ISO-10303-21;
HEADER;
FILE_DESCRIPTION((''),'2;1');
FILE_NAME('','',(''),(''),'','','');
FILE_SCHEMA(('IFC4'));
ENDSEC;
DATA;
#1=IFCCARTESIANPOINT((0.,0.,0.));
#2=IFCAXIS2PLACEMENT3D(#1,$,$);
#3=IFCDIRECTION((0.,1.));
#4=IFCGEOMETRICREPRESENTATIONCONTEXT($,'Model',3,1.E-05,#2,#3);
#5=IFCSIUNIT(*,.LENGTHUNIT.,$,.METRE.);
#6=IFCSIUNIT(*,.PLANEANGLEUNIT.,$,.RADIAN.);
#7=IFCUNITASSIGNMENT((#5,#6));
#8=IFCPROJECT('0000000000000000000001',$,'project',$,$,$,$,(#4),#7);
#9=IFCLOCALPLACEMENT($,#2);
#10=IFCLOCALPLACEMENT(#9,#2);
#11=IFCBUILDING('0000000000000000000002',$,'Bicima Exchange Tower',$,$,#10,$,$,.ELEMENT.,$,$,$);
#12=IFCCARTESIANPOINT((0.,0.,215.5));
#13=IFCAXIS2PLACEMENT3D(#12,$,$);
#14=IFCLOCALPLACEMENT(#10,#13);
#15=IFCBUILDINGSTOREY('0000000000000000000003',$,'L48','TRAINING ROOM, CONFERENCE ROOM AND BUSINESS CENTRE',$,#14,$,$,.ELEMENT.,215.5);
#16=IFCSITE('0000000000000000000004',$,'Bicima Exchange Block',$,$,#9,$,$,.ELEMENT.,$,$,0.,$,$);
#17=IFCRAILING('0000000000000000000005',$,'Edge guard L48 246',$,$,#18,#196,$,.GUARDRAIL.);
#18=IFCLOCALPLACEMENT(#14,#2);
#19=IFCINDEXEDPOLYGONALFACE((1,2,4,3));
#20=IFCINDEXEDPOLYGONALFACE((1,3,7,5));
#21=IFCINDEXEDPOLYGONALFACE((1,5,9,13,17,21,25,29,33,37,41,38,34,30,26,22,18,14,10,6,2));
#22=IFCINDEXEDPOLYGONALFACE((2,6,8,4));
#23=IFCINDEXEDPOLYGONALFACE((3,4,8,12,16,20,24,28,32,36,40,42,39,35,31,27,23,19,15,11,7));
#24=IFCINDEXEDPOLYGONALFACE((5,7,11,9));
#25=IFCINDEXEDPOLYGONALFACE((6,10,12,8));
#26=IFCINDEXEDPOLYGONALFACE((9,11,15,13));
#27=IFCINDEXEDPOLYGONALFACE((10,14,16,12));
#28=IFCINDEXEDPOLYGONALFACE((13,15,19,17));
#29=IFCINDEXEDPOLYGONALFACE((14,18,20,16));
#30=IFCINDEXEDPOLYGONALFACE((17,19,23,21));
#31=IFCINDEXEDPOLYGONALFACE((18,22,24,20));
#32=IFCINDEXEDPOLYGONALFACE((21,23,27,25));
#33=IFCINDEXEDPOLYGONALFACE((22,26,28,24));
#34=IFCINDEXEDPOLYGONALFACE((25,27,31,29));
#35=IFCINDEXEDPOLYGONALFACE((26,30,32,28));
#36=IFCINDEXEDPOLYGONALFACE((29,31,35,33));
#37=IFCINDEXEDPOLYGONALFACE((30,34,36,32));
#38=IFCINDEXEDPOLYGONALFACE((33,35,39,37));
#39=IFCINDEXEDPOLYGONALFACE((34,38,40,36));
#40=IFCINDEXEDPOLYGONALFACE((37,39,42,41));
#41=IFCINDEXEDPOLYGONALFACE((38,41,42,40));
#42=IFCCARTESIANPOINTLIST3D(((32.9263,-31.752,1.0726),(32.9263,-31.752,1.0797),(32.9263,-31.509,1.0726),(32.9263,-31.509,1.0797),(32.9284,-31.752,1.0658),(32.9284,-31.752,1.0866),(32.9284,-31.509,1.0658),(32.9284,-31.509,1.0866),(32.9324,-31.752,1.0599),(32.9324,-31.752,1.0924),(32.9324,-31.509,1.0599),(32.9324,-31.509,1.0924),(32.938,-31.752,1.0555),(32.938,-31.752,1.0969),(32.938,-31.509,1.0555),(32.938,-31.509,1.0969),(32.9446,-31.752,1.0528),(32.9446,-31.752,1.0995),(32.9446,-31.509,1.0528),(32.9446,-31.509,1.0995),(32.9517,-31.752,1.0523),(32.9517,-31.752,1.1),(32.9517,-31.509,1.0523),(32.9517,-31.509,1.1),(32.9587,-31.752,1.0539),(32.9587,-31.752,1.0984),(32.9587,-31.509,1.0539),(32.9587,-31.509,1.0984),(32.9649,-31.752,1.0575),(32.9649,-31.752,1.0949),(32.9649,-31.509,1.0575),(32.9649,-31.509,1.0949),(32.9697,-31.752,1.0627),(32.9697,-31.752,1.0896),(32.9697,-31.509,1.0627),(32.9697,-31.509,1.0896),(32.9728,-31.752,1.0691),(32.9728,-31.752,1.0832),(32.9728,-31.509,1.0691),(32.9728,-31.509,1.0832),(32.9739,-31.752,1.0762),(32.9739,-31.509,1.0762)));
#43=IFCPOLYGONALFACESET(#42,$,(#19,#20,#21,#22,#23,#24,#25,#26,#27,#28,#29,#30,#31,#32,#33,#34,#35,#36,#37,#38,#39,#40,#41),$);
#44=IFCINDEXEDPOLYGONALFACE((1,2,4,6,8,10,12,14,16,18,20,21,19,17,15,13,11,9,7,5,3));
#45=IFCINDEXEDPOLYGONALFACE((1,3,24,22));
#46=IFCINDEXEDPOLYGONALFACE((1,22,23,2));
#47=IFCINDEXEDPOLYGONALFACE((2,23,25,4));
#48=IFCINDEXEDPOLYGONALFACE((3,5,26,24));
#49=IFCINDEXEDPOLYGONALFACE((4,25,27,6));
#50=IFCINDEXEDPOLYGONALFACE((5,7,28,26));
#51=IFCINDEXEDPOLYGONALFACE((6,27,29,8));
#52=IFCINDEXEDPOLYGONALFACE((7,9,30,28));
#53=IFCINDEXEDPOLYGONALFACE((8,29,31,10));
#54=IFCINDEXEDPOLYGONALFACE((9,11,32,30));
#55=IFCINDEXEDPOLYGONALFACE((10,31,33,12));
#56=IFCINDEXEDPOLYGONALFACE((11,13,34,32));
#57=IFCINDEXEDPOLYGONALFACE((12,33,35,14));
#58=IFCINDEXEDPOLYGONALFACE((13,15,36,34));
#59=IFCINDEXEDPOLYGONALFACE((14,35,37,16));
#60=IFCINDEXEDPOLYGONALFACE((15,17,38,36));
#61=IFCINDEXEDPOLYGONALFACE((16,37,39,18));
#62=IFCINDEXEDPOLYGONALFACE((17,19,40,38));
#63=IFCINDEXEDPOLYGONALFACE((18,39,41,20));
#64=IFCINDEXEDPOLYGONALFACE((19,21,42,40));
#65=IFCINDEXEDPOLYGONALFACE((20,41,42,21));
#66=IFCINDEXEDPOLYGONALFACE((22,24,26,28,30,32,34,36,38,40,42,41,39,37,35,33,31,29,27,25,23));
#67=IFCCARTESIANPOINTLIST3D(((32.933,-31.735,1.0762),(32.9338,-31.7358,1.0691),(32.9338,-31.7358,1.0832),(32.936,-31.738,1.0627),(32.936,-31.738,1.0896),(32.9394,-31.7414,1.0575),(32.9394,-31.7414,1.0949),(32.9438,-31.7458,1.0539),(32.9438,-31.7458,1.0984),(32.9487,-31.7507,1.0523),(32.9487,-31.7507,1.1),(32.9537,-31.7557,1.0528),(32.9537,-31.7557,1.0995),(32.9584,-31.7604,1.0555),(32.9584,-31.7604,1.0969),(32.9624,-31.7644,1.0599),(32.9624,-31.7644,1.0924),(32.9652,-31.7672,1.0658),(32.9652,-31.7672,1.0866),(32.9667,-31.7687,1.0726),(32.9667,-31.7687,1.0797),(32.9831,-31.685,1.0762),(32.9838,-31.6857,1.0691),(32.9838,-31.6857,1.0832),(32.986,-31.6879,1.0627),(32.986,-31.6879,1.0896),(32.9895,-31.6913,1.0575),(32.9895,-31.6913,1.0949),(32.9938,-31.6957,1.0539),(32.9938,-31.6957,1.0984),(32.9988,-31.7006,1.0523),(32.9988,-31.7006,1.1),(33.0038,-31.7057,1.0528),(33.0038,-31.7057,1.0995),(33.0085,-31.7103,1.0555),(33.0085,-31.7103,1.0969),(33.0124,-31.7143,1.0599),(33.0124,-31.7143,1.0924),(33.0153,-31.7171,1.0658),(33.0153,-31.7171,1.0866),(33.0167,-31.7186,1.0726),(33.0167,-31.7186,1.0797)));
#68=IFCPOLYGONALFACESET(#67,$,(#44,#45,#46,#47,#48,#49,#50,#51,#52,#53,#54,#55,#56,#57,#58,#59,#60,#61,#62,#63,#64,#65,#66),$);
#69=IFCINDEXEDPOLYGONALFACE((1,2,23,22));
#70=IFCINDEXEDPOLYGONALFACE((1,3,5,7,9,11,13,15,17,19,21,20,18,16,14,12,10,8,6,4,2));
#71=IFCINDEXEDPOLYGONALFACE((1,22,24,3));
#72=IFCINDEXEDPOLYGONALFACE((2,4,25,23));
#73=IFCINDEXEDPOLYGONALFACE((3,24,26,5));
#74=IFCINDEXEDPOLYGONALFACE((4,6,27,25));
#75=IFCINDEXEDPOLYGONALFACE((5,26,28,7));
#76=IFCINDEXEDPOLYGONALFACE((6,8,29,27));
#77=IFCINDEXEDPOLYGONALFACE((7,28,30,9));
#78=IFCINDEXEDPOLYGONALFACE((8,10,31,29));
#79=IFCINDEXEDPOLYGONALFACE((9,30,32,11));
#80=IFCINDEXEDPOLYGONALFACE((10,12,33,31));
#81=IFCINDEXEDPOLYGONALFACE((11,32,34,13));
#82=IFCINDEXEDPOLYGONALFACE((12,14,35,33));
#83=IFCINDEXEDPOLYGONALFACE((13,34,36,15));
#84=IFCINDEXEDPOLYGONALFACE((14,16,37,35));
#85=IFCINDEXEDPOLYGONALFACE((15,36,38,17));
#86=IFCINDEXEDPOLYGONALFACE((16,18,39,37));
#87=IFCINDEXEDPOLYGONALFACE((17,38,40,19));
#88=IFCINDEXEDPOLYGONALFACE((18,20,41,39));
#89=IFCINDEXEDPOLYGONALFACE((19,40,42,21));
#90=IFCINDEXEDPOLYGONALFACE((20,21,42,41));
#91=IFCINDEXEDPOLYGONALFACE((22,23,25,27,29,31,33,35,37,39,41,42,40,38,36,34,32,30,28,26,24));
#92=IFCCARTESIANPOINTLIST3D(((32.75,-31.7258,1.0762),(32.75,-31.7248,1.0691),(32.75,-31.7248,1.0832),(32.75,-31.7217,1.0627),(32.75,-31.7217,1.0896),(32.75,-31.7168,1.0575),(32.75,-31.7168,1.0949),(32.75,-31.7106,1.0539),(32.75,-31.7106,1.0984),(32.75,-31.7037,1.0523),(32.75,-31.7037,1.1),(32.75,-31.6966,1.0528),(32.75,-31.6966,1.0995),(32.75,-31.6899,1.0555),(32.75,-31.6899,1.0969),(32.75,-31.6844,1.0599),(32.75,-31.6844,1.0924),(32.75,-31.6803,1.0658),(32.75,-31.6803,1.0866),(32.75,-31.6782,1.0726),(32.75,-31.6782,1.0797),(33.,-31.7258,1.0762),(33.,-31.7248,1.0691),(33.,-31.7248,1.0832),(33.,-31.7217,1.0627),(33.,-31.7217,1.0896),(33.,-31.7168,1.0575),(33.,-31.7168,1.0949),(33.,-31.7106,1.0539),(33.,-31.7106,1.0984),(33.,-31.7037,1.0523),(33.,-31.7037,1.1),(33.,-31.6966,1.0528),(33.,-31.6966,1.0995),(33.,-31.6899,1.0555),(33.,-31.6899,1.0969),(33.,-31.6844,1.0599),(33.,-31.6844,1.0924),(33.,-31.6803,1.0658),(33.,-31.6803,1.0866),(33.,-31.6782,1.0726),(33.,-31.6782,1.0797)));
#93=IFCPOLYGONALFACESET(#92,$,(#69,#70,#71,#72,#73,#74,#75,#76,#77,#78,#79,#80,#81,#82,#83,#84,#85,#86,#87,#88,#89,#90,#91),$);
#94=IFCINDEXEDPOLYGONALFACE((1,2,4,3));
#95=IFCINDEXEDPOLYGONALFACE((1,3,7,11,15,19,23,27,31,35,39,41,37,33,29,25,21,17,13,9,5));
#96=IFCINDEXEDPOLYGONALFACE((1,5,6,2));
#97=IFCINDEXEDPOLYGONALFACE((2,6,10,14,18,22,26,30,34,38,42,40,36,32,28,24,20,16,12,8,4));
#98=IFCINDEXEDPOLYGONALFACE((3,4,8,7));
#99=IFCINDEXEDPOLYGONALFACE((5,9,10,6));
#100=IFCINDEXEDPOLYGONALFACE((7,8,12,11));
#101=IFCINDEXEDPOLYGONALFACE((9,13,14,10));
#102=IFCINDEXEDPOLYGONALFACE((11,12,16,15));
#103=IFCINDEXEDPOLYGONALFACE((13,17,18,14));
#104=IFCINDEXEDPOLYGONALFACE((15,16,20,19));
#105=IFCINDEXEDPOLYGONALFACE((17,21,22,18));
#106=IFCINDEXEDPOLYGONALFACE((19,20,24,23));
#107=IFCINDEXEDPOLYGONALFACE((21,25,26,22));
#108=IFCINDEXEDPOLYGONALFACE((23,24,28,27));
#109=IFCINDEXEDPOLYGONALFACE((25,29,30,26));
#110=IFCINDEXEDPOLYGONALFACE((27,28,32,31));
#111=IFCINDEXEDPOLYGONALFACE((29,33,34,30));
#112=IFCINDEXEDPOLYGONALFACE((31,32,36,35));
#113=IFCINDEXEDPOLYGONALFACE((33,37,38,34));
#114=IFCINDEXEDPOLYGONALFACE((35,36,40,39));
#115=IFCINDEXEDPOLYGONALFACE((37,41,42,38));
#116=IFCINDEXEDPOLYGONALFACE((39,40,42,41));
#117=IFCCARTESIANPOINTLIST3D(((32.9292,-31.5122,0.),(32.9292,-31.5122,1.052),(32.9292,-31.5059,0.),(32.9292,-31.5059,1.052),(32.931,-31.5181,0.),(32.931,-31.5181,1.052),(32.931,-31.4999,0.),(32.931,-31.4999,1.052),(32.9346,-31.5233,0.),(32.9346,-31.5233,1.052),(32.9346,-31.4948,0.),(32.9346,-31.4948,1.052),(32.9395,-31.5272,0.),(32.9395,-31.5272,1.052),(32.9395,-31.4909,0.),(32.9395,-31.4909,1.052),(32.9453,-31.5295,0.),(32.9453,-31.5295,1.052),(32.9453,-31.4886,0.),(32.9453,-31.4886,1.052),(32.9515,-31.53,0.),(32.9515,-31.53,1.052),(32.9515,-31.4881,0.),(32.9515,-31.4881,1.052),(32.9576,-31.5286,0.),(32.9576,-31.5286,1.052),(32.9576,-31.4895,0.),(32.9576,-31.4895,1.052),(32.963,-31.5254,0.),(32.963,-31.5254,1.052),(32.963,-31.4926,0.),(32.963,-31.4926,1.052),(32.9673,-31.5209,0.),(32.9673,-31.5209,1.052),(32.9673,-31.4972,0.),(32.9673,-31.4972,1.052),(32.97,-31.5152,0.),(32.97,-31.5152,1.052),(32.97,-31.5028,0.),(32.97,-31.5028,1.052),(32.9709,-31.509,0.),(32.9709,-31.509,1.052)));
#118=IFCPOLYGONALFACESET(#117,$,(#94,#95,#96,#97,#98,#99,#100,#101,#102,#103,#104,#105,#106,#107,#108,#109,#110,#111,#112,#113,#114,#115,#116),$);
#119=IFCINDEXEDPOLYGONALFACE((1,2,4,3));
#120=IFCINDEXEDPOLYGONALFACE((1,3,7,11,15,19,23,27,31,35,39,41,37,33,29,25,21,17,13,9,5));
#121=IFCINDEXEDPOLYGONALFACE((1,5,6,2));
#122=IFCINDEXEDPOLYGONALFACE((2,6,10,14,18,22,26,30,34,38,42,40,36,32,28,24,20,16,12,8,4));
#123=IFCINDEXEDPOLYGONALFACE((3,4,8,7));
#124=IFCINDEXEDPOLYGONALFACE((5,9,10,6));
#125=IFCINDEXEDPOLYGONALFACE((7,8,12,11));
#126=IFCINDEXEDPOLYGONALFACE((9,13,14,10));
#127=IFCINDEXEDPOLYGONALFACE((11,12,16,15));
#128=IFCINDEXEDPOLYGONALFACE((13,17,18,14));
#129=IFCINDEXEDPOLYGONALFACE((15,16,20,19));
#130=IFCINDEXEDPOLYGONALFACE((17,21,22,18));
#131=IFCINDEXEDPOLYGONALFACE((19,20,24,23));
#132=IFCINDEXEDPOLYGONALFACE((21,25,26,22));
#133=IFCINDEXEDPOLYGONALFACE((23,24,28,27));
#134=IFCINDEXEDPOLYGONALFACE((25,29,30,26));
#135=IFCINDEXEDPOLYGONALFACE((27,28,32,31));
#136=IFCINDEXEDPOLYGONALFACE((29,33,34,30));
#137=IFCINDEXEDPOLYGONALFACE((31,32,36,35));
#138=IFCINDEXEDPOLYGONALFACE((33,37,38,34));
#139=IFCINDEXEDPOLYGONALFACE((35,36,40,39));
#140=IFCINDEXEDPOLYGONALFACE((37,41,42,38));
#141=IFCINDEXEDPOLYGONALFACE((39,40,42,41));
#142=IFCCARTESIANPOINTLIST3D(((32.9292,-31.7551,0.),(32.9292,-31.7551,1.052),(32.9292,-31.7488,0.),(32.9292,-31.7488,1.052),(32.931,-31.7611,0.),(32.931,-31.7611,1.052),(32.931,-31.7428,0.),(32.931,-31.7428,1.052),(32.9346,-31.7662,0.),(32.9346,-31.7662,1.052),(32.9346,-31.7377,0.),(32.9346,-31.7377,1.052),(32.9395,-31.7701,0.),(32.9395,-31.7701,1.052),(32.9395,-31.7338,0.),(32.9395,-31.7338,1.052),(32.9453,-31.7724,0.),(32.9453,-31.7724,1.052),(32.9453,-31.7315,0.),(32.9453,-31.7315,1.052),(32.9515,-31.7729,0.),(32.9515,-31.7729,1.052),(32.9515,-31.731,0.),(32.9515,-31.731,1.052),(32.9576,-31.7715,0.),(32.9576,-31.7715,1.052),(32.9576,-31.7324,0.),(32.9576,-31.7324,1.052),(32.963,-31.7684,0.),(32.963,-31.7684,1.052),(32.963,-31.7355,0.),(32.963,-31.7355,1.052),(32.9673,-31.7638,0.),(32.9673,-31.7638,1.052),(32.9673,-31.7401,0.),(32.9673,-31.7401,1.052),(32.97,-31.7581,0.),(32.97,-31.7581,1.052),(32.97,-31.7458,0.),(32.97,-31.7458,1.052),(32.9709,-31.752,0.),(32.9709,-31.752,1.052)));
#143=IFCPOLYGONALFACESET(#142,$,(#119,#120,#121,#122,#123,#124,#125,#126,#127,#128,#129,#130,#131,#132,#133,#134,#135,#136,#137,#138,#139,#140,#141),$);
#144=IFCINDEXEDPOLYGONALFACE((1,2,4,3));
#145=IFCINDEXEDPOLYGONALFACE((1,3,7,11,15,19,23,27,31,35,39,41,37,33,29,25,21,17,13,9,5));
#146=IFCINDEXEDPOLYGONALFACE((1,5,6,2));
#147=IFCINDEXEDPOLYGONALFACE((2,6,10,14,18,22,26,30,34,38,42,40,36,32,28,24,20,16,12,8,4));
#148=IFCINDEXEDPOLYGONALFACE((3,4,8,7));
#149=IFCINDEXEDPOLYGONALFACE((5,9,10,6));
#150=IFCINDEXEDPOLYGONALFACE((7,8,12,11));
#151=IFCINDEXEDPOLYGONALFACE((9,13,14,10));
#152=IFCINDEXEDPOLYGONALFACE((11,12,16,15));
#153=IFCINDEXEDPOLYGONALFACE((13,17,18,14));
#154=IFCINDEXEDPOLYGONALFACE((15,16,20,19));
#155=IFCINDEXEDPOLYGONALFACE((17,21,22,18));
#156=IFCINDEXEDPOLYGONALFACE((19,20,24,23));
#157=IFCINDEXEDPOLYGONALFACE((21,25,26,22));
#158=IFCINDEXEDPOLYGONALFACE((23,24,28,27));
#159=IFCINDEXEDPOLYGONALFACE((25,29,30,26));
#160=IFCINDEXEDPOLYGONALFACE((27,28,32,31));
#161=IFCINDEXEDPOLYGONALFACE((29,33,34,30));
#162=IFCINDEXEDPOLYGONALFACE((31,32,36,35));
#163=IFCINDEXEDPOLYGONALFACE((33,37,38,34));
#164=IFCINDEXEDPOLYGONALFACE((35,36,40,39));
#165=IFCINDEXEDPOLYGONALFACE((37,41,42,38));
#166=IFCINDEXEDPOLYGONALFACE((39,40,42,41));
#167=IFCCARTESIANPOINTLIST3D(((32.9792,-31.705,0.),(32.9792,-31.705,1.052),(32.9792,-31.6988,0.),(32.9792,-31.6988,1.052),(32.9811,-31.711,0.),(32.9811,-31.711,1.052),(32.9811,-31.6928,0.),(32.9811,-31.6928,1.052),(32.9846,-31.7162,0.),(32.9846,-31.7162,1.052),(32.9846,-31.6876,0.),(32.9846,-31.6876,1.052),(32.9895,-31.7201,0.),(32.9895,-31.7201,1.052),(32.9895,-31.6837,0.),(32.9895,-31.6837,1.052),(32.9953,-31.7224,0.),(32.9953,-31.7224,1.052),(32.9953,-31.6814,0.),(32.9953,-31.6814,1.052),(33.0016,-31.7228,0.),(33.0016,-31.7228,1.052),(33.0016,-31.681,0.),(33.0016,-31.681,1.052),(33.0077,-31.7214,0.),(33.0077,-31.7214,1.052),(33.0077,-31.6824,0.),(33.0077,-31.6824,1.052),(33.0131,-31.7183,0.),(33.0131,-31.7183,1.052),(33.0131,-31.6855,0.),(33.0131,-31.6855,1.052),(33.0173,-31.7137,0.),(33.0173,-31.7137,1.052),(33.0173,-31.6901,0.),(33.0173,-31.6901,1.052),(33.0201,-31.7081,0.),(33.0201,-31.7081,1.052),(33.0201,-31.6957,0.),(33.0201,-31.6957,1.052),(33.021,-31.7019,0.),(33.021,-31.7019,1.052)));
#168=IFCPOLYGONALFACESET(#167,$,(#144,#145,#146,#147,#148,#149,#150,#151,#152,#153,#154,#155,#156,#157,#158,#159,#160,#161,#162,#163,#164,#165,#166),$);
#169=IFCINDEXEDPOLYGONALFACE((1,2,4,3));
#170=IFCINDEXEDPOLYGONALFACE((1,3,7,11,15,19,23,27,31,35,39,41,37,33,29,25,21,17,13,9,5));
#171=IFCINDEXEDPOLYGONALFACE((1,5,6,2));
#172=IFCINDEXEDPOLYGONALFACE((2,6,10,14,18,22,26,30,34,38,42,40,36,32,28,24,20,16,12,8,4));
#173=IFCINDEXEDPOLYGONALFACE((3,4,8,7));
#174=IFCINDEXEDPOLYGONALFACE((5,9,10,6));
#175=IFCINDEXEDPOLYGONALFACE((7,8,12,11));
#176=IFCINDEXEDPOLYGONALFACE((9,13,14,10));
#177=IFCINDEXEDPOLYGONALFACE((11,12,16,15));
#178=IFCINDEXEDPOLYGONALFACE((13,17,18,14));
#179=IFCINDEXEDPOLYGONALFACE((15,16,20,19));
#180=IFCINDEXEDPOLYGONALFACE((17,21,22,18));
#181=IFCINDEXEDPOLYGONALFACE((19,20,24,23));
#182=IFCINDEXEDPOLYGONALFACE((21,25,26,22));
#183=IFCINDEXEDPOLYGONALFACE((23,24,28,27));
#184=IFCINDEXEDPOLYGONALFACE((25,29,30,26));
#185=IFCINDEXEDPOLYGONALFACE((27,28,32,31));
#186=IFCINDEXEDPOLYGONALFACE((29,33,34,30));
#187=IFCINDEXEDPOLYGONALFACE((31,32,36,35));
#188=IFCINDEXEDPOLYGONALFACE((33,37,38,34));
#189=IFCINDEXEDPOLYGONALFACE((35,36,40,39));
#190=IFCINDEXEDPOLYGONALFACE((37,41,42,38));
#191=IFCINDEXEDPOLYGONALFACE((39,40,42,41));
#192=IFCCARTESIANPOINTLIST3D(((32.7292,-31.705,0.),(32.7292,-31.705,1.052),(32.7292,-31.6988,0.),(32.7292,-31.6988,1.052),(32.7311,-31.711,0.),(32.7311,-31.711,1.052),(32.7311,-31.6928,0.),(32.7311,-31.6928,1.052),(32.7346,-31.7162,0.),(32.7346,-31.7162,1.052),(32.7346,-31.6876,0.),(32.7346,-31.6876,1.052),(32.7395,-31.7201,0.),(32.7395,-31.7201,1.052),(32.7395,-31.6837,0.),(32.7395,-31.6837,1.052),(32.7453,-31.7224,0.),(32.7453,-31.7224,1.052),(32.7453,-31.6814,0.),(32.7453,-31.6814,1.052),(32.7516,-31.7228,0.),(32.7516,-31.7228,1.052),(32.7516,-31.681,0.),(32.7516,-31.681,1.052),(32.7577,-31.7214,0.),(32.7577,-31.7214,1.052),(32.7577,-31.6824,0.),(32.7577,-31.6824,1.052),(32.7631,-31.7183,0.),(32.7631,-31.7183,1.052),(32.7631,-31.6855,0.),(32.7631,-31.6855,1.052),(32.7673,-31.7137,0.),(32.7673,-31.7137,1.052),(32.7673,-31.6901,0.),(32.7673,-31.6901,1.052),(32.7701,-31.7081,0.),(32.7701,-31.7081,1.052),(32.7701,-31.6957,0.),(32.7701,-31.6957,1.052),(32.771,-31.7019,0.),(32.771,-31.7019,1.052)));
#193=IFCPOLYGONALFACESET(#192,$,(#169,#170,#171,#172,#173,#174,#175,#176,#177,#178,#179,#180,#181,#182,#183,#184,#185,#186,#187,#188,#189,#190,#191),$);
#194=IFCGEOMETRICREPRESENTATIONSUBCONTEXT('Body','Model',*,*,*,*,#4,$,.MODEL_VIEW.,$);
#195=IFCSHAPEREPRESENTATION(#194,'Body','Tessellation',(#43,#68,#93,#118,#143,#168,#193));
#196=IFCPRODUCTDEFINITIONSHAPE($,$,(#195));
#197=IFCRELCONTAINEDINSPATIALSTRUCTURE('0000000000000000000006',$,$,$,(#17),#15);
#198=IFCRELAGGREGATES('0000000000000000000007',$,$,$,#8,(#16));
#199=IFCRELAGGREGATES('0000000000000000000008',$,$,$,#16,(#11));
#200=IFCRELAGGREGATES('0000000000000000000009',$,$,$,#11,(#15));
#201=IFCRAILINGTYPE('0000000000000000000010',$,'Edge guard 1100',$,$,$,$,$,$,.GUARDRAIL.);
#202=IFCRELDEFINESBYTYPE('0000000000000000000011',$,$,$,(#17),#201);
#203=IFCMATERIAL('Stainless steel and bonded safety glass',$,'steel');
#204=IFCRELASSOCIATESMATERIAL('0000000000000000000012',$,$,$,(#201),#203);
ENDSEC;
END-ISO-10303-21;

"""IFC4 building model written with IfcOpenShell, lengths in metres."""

from ifc_helpers import new_model, si_unit, direction, frame, origin, origin_2d, place, context, subcontext, project, spatial, circle, extrude, material, type_object, element, save


model = new_model("IFC4")

# Units and contexts
model_context = context("Model", 3, precision=1e-05, world=origin(), true_north=direction((0.0, 1.0)))
body_context = subcontext(model_context, "Body", "Model", "MODEL_VIEW")
ifc_project = project(units=[si_unit("LENGTHUNIT", "METRE"), si_unit("PLANEANGLEUNIT", "RADIAN")], contexts=[model_context])

# Site, building, storey
site_placement = place(None, origin())
site = spatial("IfcSite", under=ifc_project, at=site_placement, Name="Bicima Exchange Block", CompositionType="ELEMENT", RefElevation=0.0)
building_placement = place(site_placement, origin())
building = spatial("IfcBuilding", under=site, at=building_placement, Name="Bicima Exchange Tower", CompositionType="ELEMENT")
storey_placement = place(building_placement, frame((0.0, 0.0, 215.5)))
storey = spatial("IfcBuildingStorey", under=building, at=storey_placement, Name="L48", Description="TRAINING ROOM, CONFERENCE ROOM AND BUSINESS CENTRE", CompositionType="ELEMENT", Elevation=215.5)

# Railing
ifc_material_1 = material(Name="Stainless steel and bonded safety glass", Category="steel")
railing_type = type_object("IfcRailingType", Name="Edge guard 1100", PredefinedType="GUARDRAIL", material=ifc_material_1)
railing_1_placement = place(storey_placement, frame((32.95, -31.509, 0.0)))
element("IfcRailing", 1, at=railing_1_placement, inside=storey, type_object=railing_type, Name="Edge guard L48 246", PredefinedType="GUARDRAIL", context=body_context, shape_type="SweptSolid", body=[
    extrude(circle(Radius=0.0239, at=origin_2d()), frame((0.0, 0.0, 1.0762), z_axis=(0.0, -1.0, 0.0), x_axis=(1.0, 0.0, 0.0)), (0.0, 0.0, 1.0), 0.2429),
    extrude(circle(Radius=0.0239, at=origin_2d()), frame((0.0, -0.2429, 1.0762), z_axis=(0.707107, 0.707107, 0.0), x_axis=(-0.707107, 0.707107, 0.0)), (0.0, 0.0, 1.0), 0.0708),
    extrude(circle(Radius=0.0239, at=origin_2d()), frame((0.05, -0.1929, 1.0762), z_axis=(-1.0, 0.0, 0.0), x_axis=(0.0, -1.0, 0.0)), (0.0, 0.0, 1.0), 0.25),
    extrude(circle(Radius=0.021, at=origin_2d()), origin(), (0.0, 0.0, 1.0), 1.052),
    extrude(circle(Radius=0.021, at=origin_2d()), frame((0.0, -0.2429, 0.0)), (0.0, 0.0, 1.0), 1.052),
    extrude(circle(Radius=0.021, at=origin_2d()), frame((0.05, -0.1929, 0.0)), (0.0, 0.0, 1.0), 1.052),
    extrude(circle(Radius=0.021, at=origin_2d()), frame((-0.2, -0.1929, 0.0)), (0.0, 0.0, 1.0), 1.052),
])

save(model, "model.ifc")
